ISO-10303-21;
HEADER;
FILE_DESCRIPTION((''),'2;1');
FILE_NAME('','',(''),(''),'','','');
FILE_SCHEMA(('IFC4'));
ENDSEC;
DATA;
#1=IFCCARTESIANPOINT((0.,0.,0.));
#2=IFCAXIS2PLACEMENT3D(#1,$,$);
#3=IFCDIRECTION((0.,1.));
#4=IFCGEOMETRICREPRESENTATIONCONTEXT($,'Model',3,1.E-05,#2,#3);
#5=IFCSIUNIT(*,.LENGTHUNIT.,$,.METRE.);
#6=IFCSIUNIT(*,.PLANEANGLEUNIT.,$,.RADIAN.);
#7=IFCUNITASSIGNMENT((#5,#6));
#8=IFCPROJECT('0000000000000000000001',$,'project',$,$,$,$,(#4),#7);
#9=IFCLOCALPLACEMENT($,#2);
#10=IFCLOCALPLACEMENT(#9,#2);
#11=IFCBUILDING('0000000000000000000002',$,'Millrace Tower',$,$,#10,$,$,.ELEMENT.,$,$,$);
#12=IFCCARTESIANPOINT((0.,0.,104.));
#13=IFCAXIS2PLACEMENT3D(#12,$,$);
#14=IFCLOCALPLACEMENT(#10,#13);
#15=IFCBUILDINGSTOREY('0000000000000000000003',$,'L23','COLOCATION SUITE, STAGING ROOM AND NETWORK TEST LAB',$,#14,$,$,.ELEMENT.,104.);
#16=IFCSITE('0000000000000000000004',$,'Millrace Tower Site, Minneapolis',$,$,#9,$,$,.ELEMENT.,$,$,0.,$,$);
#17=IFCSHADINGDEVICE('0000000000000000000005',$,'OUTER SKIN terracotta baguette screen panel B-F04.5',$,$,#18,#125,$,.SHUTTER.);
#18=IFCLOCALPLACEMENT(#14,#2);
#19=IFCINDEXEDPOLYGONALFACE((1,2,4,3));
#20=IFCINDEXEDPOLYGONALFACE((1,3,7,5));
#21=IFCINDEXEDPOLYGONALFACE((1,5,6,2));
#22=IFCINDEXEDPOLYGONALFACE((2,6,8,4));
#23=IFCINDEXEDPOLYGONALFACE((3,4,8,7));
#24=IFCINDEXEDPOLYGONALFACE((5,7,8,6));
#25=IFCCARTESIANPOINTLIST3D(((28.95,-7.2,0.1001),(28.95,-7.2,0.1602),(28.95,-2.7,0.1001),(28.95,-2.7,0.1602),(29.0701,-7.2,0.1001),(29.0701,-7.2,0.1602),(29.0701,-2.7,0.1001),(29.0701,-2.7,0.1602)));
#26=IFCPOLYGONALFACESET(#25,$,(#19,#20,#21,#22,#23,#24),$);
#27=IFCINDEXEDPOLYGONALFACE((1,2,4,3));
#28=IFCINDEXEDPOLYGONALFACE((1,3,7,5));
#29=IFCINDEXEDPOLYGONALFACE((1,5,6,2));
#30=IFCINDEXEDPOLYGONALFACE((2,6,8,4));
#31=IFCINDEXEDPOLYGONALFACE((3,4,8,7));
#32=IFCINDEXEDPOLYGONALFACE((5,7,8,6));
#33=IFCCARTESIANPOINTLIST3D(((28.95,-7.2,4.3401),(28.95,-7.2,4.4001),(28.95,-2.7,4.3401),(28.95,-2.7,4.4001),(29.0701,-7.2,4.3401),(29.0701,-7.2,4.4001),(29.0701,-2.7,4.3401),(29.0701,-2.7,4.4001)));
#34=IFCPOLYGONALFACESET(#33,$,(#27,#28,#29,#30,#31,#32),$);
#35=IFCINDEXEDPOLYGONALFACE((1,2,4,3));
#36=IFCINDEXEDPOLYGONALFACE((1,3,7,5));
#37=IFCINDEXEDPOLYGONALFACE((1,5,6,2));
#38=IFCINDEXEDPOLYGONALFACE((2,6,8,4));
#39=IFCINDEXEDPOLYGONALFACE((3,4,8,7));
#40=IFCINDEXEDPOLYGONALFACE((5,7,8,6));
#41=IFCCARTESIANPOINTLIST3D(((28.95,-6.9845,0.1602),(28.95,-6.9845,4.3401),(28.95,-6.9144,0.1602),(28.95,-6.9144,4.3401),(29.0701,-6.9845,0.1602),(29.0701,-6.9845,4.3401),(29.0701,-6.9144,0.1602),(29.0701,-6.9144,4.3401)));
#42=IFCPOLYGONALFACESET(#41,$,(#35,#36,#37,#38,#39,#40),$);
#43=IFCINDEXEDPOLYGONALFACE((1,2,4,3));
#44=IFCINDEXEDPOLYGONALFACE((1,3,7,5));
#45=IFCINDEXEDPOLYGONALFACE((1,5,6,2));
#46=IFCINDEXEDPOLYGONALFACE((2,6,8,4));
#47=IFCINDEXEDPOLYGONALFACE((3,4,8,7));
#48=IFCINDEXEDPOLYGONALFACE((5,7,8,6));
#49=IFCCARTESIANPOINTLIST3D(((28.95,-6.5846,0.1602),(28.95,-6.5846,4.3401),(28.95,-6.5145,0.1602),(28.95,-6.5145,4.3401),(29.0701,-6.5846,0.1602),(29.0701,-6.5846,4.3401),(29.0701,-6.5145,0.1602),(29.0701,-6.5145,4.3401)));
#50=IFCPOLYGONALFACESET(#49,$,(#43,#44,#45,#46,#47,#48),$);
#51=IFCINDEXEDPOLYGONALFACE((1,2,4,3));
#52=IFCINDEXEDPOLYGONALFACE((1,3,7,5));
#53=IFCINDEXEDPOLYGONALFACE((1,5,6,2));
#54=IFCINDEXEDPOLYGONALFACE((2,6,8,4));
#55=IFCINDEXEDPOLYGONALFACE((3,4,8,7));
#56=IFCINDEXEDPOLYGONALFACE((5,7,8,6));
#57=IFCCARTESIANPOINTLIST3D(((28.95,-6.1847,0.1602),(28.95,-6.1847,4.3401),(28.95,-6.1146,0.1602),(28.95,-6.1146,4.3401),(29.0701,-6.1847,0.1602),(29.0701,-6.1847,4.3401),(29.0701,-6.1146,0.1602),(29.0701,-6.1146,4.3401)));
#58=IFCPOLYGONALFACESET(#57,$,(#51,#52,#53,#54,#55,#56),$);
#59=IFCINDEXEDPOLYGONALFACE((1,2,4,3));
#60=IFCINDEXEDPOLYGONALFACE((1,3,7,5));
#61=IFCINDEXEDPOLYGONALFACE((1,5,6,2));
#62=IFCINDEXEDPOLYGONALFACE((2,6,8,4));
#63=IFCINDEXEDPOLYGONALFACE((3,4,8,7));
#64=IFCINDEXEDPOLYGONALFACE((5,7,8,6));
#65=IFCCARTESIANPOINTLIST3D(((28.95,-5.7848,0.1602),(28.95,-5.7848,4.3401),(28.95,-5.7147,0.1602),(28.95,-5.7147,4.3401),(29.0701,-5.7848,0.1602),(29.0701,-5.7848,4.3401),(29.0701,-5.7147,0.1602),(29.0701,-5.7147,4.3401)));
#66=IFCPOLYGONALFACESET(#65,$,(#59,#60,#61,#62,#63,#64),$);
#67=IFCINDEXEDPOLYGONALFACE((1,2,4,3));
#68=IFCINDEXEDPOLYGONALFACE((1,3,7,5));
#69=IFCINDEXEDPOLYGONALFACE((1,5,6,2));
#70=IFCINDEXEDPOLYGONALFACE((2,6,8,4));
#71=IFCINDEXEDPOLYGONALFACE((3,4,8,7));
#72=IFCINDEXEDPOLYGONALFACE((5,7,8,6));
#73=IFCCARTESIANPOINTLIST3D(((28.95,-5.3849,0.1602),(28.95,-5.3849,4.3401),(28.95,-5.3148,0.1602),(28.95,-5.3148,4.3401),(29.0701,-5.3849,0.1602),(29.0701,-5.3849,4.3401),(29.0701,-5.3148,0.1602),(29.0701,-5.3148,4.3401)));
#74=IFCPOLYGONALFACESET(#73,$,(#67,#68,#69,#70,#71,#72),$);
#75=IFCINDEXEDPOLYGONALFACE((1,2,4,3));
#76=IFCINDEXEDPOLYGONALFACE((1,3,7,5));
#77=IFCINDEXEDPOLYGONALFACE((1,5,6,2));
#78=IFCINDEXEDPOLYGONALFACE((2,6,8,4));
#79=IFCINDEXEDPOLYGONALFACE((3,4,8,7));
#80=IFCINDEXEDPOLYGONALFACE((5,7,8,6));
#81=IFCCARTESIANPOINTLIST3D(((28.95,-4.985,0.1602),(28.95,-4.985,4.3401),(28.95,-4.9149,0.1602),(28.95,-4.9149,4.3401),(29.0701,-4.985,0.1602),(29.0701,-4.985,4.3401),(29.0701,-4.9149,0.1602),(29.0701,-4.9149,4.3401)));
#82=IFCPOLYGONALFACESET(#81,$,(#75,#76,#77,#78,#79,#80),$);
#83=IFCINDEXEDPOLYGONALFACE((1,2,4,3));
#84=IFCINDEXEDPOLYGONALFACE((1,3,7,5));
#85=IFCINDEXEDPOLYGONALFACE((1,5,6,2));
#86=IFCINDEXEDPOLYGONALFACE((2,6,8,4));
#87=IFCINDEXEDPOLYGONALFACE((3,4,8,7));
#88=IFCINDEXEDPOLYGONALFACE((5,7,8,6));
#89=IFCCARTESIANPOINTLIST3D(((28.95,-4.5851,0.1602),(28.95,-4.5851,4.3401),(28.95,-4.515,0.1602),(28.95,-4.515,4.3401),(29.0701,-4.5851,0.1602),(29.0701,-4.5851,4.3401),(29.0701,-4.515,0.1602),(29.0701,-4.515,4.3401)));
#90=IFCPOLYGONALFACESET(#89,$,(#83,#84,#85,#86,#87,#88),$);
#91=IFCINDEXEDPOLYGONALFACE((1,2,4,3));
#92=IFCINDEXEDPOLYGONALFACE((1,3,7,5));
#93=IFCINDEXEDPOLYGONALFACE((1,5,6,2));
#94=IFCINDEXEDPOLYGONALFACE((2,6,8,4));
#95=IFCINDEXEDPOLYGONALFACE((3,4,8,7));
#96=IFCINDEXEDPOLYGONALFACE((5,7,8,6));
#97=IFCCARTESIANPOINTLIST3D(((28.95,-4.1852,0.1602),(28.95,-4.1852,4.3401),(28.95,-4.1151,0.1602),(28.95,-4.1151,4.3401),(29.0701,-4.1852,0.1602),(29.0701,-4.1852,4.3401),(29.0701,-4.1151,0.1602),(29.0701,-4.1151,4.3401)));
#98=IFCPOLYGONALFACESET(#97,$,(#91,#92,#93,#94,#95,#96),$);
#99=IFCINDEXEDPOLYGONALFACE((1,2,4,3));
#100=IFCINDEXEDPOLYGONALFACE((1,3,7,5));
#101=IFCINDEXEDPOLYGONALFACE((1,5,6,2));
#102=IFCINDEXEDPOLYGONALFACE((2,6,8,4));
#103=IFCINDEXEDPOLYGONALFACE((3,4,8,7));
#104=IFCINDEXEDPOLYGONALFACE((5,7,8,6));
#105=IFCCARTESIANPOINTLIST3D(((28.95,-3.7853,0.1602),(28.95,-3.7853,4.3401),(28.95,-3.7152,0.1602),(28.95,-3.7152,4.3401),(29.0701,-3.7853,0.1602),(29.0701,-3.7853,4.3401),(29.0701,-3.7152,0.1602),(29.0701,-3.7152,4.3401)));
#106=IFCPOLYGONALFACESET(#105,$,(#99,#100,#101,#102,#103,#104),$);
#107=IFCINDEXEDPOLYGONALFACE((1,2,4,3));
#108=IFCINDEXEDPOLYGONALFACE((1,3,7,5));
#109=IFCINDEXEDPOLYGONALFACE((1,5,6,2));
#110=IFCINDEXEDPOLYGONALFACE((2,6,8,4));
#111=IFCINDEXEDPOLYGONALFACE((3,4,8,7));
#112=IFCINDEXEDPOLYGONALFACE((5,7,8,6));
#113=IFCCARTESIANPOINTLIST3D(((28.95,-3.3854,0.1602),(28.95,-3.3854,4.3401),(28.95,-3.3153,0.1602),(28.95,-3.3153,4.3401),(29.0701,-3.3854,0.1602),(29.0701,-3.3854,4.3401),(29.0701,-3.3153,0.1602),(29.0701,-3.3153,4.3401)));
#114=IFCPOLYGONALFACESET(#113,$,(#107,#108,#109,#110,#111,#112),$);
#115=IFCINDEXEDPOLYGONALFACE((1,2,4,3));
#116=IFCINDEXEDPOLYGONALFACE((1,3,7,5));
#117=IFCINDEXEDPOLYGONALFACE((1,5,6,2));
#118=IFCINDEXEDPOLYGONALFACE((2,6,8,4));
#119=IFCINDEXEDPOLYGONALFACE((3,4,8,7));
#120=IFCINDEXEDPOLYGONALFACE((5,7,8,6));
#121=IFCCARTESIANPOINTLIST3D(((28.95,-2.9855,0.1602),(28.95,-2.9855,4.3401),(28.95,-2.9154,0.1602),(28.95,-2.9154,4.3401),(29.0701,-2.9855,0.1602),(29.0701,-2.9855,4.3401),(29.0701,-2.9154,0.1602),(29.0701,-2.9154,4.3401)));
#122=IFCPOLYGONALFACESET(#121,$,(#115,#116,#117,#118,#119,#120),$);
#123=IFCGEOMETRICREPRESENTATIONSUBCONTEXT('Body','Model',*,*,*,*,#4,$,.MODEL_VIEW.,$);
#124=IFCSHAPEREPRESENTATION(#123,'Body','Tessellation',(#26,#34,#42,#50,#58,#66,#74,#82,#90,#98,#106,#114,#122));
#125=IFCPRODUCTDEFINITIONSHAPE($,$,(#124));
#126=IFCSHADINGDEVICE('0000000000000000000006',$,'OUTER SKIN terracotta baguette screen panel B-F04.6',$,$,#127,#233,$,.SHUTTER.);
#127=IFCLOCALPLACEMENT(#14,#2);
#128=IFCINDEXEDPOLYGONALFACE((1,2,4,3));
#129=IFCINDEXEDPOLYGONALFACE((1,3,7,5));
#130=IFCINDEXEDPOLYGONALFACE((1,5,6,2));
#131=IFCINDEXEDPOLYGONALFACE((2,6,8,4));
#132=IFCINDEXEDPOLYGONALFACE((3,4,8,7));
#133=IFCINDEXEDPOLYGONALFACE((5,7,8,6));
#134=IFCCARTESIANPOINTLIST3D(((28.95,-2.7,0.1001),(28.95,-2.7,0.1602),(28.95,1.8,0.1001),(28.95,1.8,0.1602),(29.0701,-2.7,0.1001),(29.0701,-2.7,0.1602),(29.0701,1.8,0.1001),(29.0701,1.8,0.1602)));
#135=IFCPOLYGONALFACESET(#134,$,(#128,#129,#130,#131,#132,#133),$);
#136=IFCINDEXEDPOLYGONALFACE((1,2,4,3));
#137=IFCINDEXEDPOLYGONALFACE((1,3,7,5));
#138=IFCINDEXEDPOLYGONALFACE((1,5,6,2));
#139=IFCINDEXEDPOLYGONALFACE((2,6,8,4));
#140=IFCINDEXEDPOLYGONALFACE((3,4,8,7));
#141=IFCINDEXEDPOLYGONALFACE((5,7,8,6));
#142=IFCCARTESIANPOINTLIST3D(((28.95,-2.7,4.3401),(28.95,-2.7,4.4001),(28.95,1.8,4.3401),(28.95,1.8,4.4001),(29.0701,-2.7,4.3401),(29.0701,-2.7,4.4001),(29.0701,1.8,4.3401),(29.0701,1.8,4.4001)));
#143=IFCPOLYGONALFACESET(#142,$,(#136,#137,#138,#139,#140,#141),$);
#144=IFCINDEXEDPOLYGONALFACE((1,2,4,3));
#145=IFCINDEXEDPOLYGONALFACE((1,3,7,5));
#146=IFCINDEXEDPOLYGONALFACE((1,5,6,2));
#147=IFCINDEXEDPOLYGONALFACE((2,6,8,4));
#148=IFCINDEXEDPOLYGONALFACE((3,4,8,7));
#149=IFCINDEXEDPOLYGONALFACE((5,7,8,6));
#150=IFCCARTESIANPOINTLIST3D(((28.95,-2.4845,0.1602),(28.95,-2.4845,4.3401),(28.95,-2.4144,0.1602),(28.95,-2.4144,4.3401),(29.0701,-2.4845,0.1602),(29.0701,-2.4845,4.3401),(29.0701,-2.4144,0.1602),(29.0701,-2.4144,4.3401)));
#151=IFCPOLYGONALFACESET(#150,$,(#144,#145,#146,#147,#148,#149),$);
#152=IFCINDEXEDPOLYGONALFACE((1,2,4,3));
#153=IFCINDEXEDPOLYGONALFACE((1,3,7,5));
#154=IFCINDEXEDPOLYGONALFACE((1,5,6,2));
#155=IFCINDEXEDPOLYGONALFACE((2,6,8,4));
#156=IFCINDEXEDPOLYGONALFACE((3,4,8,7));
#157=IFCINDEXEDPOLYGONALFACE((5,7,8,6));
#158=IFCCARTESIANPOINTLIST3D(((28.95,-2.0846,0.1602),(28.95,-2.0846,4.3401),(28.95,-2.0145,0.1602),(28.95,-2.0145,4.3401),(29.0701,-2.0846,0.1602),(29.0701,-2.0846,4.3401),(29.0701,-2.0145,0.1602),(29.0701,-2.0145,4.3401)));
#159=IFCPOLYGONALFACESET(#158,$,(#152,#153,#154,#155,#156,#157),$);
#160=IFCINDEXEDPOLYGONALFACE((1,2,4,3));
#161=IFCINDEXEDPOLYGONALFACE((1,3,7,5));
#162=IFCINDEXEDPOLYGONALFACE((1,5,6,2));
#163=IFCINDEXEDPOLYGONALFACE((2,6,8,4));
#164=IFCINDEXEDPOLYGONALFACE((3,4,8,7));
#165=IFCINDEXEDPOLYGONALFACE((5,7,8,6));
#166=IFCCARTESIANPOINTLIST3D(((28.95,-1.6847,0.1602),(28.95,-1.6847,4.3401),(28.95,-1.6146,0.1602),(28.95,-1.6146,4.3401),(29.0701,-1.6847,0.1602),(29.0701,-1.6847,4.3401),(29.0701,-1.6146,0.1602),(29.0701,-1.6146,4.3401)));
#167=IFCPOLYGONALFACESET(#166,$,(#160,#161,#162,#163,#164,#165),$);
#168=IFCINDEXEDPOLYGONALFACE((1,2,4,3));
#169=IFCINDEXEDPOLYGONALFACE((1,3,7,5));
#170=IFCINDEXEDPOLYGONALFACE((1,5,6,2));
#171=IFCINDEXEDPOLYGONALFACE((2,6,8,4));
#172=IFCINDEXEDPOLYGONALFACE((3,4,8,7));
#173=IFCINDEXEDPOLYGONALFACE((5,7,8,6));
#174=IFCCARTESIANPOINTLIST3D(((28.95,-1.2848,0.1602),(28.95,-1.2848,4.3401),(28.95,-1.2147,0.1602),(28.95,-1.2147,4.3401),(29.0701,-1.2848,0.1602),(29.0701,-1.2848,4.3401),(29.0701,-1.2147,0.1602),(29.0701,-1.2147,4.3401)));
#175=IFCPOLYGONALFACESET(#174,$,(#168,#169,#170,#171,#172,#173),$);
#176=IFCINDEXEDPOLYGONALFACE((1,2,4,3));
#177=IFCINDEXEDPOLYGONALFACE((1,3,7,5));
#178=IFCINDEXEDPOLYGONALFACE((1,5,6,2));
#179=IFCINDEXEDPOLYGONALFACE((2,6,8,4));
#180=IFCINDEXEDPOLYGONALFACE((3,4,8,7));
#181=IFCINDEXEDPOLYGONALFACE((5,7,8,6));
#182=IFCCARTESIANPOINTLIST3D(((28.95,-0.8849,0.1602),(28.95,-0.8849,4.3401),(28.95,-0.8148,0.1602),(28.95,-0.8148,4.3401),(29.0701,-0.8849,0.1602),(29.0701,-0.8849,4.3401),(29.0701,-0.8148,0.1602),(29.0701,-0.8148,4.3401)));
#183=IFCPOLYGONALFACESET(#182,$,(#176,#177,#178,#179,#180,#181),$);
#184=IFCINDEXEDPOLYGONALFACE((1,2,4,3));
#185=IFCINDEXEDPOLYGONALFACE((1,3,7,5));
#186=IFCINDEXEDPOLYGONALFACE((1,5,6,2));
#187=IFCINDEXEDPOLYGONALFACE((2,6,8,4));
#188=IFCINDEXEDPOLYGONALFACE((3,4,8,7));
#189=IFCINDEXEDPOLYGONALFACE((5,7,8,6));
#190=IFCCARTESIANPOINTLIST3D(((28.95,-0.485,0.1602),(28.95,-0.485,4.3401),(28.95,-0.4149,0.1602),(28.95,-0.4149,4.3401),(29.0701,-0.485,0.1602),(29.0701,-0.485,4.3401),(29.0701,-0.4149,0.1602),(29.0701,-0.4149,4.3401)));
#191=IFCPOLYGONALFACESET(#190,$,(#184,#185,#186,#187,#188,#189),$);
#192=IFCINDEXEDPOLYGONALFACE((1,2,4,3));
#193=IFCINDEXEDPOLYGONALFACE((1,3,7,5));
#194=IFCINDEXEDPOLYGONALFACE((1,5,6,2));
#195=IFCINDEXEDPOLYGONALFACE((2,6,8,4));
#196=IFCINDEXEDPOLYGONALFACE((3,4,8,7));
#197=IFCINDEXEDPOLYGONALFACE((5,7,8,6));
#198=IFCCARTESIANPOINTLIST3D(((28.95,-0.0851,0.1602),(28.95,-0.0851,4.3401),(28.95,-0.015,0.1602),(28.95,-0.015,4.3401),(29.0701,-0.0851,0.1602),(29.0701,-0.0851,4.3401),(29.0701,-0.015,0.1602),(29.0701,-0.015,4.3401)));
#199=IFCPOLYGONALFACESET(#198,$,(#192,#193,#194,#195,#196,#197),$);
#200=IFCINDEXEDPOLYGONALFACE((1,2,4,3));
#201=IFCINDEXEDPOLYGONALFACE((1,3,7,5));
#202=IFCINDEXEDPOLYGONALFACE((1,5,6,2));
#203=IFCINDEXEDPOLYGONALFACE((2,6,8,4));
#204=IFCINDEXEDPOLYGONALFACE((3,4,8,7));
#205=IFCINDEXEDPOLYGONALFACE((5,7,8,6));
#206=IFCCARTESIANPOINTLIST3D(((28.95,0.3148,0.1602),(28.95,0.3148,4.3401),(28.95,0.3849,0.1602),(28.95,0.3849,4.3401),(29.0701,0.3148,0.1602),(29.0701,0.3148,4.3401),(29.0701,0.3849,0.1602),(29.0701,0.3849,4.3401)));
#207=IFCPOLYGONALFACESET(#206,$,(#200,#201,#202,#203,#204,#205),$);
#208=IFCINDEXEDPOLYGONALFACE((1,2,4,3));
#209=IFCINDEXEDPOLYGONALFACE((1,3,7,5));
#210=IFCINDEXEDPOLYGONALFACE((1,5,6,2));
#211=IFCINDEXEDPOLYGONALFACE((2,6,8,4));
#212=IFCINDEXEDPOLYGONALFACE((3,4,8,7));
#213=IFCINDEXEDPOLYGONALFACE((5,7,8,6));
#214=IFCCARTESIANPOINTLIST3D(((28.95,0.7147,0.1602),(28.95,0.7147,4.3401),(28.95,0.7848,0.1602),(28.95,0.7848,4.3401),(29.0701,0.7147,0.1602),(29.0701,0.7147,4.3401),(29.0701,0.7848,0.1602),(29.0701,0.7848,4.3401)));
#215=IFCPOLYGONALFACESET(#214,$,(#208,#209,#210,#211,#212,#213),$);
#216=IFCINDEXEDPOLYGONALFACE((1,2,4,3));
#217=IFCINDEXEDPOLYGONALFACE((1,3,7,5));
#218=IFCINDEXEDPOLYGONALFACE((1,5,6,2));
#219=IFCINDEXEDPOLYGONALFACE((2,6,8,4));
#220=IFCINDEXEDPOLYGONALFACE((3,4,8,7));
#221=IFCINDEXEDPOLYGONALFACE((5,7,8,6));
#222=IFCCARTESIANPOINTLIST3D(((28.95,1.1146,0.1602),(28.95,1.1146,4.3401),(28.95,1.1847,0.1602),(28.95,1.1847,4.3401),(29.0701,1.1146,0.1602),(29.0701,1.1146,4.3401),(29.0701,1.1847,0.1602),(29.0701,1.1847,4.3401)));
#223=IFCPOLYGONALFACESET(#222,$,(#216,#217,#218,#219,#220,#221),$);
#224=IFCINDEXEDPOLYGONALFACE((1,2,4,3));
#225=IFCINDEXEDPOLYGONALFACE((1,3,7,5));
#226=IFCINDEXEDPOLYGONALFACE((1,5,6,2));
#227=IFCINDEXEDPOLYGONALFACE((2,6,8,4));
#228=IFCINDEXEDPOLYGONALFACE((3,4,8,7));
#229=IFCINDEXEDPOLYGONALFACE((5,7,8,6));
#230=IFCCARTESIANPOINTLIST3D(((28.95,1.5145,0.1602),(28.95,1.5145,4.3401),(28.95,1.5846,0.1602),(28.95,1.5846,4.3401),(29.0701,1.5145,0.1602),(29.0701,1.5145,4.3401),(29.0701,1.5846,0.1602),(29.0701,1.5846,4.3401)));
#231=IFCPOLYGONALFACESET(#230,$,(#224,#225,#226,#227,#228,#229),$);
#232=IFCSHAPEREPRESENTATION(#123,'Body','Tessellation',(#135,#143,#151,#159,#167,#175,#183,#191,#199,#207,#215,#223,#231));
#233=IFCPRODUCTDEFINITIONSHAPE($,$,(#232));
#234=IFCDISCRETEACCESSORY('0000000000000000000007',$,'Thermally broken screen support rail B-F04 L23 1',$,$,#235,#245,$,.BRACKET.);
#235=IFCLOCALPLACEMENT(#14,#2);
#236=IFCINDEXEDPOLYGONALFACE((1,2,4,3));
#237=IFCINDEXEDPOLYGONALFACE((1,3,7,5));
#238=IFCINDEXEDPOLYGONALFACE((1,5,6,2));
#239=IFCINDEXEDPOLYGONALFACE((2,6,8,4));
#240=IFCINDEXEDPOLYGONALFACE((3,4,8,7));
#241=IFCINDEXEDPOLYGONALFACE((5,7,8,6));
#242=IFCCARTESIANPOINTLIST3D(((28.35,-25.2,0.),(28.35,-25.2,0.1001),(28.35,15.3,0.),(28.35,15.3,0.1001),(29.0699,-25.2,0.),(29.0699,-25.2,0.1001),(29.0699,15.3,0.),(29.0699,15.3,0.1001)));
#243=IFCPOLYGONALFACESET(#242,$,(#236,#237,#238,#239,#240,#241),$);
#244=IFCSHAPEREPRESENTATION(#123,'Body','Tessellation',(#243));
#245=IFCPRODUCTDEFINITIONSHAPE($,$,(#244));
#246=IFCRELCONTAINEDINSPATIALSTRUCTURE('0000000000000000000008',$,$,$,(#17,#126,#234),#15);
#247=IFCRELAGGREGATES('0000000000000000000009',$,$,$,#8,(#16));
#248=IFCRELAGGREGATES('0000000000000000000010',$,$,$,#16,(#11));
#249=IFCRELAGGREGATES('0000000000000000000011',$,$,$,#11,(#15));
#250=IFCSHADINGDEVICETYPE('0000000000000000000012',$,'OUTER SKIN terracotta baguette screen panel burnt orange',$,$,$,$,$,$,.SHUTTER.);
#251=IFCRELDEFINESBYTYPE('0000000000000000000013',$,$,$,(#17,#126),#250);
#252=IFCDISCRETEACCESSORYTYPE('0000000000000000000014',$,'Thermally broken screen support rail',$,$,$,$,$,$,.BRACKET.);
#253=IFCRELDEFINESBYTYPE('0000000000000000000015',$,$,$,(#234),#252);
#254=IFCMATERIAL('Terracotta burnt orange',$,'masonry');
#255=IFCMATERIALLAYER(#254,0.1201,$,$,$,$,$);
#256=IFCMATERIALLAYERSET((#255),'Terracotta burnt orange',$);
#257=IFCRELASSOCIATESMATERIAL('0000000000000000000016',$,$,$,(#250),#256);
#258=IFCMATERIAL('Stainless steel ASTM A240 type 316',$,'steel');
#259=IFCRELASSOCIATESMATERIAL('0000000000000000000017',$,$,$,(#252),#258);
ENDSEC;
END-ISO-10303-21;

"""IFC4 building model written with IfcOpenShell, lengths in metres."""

from ifc_helpers import new_model, entity, si_unit, direction, frame, frame_2d, origin, origin_2d, place, context, subcontext, project, spatial, rectangle, extrude, source, transform, mapped, material, layer, layer_set, type_object, element, save


model = new_model("IFC4")

# Units and contexts
model_context = context("Model", 3, precision=1e-05, world=origin(), true_north=direction((0.0, 1.0)))
body_context = subcontext(model_context, "Body", "Model", "MODEL_VIEW")
ifc_project = project(units=[si_unit("LENGTHUNIT", "METRE"), si_unit("PLANEANGLEUNIT", "RADIAN")], contexts=[model_context])

# Site, building, storey
site_placement = place(None, origin())
site = spatial("IfcSite", under=ifc_project, at=site_placement, Name="Millrace Tower Site, Minneapolis", CompositionType="ELEMENT", RefElevation=0.0)
building_placement = place(site_placement, origin())
building = spatial("IfcBuilding", under=site, at=building_placement, Name="Millrace Tower", CompositionType="ELEMENT")
storey_placement = place(building_placement, frame((0.0, 0.0, 104.0)))
storey = spatial("IfcBuildingStorey", under=building, at=storey_placement, Name="L23", Description="COLOCATION SUITE, STAGING ROOM AND NETWORK TEST LAB", CompositionType="ELEMENT", Elevation=104.0)

# Shading devices
ifc_material_1 = material(Name="Terracotta burnt orange", Category="masonry")
ifc_layer_1 = layer(ifc_material_1, 0.1201)
ifc_layer_set_1 = layer_set([ifc_layer_1], Name="Terracotta burnt orange")
shading_device_type = type_object("IfcShadingDeviceType", Name="OUTER SKIN terracotta baguette screen panel burnt orange", PredefinedType="SHUTTER", material=ifc_layer_set_1)
cartesian_point = entity("IfcCartesianPoint", [-2.25, 0.0601])
shared_polyline = entity("IfcPolyline", [cartesian_point, entity("IfcCartesianPoint", [2.25, 0.0601]), entity("IfcCartesianPoint", [2.25, -0.0601]), entity("IfcCartesianPoint", [-2.25, -0.0601]), cartesian_point])
shared_shape = source(origin(), body_context, "Body", "SweptSolid", [
    entity("IfcExtrudedAreaSolid", entity("IfcArbitraryClosedProfileDef", "AREA", None, shared_polyline), entity("IfcAxis2Placement3D", entity("IfcCartesianPoint", [0.0, 0.0, 0.0])), entity("IfcDirection", [0.0, 0.0, 1.0]), 0.0601),
    entity("IfcExtrudedAreaSolid", entity("IfcArbitraryClosedProfileDef", "AREA", None, shared_polyline), entity("IfcAxis2Placement3D", entity("IfcCartesianPoint", [0.0, 0.0, 4.24])), entity("IfcDirection", [0.0, 0.0, 1.0]), 0.0601),
    extrude(rectangle(XDim=0.0701, YDim=0.1201, at=frame_2d((-1.9995, 0.0))), frame((0.0, 0.0, 0.0601)), (0.0, 0.0, 1.0), 4.1799),
    extrude(rectangle(XDim=0.0701, YDim=0.1201, at=frame_2d((-1.5996, 0.0))), frame((0.0, 0.0, 0.0601)), (0.0, 0.0, 1.0), 4.1799),
    extrude(rectangle(XDim=0.0701, YDim=0.1201, at=frame_2d((-1.1997, 0.0))), frame((0.0, 0.0, 0.0601)), (0.0, 0.0, 1.0), 4.1799),
    extrude(rectangle(XDim=0.0701, YDim=0.1201, at=frame_2d((-0.7998, 0.0))), frame((0.0, 0.0, 0.0601)), (0.0, 0.0, 1.0), 4.1799),
    extrude(rectangle(XDim=0.0701, YDim=0.1201, at=frame_2d((-0.3999, 0.0))), frame((0.0, 0.0, 0.0601)), (0.0, 0.0, 1.0), 4.1799),
    extrude(rectangle(XDim=0.0701, YDim=0.1201, at=origin_2d()), frame((0.0, 0.0, 0.0601)), (0.0, 0.0, 1.0), 4.1799),
    extrude(rectangle(XDim=0.0701, YDim=0.1201, at=frame_2d((0.3999, 0.0))), frame((0.0, 0.0, 0.0601)), (0.0, 0.0, 1.0), 4.1799),
    extrude(rectangle(XDim=0.0701, YDim=0.1201, at=frame_2d((0.7998, 0.0))), frame((0.0, 0.0, 0.0601)), (0.0, 0.0, 1.0), 4.1799),
    extrude(rectangle(XDim=0.0701, YDim=0.1201, at=frame_2d((1.1997, 0.0))), frame((0.0, 0.0, 0.0601)), (0.0, 0.0, 1.0), 4.1799),
    extrude(rectangle(XDim=0.0701, YDim=0.1201, at=frame_2d((1.5996, 0.0))), frame((0.0, 0.0, 0.0601)), (0.0, 0.0, 1.0), 4.1799),
    extrude(rectangle(XDim=0.0701, YDim=0.1201, at=frame_2d((1.9995, 0.0))), frame((0.0, 0.0, 0.0601)), (0.0, 0.0, 1.0), 4.1799),
])
for number, where, z_axis, x_axis, name in (
    (1, (29.01, -4.95, 0.1001), (0.0, 0.0, 1.0), (0.0, 1.0, 0.0), "OUTER SKIN terracotta baguette screen panel B-F04.5"),
    (2, (29.01, -0.45, 0.1001), (0.0, 0.0, 1.0), (0.0, 1.0, 0.0), "OUTER SKIN terracotta baguette screen panel B-F04.6"),
):
    element("IfcShadingDevice", number, at=place(storey_placement, frame(where, z_axis=z_axis, x_axis=x_axis)), inside=storey, type_object=shading_device_type, Name=name, PredefinedType="SHUTTER", context=body_context, shape_type="MappedRepresentation", body=[
        mapped(shared_shape, transform((0.0, 0.0, 0.0), scale=1.0)),
    ])

# Discrete accessory
ifc_material_2 = material(Name="Stainless steel ASTM A240 type 316", Category="steel")
discrete_accessory_type = type_object("IfcDiscreteAccessoryType", Name="Thermally broken screen support rail", PredefinedType="BRACKET", material=ifc_material_2)
discrete_accessory_placement = place(storey_placement, frame((28.71, -4.95, 0.0), z_axis=(0.0, 0.0, 1.0), x_axis=(0.0, 1.0, 0.0)))
element("IfcDiscreteAccessory", 3, at=discrete_accessory_placement, inside=storey, type_object=discrete_accessory_type, Name="Thermally broken screen support rail B-F04 L23 1", PredefinedType="BRACKET", context=body_context, shape_type="SweptSolid", body=[
    extrude(rectangle(XDim=40.5, YDim=0.72, at=origin_2d()), origin(), (0.0, 0.0, 1.0), 0.1001),
])

save(model, "model.ifc")
